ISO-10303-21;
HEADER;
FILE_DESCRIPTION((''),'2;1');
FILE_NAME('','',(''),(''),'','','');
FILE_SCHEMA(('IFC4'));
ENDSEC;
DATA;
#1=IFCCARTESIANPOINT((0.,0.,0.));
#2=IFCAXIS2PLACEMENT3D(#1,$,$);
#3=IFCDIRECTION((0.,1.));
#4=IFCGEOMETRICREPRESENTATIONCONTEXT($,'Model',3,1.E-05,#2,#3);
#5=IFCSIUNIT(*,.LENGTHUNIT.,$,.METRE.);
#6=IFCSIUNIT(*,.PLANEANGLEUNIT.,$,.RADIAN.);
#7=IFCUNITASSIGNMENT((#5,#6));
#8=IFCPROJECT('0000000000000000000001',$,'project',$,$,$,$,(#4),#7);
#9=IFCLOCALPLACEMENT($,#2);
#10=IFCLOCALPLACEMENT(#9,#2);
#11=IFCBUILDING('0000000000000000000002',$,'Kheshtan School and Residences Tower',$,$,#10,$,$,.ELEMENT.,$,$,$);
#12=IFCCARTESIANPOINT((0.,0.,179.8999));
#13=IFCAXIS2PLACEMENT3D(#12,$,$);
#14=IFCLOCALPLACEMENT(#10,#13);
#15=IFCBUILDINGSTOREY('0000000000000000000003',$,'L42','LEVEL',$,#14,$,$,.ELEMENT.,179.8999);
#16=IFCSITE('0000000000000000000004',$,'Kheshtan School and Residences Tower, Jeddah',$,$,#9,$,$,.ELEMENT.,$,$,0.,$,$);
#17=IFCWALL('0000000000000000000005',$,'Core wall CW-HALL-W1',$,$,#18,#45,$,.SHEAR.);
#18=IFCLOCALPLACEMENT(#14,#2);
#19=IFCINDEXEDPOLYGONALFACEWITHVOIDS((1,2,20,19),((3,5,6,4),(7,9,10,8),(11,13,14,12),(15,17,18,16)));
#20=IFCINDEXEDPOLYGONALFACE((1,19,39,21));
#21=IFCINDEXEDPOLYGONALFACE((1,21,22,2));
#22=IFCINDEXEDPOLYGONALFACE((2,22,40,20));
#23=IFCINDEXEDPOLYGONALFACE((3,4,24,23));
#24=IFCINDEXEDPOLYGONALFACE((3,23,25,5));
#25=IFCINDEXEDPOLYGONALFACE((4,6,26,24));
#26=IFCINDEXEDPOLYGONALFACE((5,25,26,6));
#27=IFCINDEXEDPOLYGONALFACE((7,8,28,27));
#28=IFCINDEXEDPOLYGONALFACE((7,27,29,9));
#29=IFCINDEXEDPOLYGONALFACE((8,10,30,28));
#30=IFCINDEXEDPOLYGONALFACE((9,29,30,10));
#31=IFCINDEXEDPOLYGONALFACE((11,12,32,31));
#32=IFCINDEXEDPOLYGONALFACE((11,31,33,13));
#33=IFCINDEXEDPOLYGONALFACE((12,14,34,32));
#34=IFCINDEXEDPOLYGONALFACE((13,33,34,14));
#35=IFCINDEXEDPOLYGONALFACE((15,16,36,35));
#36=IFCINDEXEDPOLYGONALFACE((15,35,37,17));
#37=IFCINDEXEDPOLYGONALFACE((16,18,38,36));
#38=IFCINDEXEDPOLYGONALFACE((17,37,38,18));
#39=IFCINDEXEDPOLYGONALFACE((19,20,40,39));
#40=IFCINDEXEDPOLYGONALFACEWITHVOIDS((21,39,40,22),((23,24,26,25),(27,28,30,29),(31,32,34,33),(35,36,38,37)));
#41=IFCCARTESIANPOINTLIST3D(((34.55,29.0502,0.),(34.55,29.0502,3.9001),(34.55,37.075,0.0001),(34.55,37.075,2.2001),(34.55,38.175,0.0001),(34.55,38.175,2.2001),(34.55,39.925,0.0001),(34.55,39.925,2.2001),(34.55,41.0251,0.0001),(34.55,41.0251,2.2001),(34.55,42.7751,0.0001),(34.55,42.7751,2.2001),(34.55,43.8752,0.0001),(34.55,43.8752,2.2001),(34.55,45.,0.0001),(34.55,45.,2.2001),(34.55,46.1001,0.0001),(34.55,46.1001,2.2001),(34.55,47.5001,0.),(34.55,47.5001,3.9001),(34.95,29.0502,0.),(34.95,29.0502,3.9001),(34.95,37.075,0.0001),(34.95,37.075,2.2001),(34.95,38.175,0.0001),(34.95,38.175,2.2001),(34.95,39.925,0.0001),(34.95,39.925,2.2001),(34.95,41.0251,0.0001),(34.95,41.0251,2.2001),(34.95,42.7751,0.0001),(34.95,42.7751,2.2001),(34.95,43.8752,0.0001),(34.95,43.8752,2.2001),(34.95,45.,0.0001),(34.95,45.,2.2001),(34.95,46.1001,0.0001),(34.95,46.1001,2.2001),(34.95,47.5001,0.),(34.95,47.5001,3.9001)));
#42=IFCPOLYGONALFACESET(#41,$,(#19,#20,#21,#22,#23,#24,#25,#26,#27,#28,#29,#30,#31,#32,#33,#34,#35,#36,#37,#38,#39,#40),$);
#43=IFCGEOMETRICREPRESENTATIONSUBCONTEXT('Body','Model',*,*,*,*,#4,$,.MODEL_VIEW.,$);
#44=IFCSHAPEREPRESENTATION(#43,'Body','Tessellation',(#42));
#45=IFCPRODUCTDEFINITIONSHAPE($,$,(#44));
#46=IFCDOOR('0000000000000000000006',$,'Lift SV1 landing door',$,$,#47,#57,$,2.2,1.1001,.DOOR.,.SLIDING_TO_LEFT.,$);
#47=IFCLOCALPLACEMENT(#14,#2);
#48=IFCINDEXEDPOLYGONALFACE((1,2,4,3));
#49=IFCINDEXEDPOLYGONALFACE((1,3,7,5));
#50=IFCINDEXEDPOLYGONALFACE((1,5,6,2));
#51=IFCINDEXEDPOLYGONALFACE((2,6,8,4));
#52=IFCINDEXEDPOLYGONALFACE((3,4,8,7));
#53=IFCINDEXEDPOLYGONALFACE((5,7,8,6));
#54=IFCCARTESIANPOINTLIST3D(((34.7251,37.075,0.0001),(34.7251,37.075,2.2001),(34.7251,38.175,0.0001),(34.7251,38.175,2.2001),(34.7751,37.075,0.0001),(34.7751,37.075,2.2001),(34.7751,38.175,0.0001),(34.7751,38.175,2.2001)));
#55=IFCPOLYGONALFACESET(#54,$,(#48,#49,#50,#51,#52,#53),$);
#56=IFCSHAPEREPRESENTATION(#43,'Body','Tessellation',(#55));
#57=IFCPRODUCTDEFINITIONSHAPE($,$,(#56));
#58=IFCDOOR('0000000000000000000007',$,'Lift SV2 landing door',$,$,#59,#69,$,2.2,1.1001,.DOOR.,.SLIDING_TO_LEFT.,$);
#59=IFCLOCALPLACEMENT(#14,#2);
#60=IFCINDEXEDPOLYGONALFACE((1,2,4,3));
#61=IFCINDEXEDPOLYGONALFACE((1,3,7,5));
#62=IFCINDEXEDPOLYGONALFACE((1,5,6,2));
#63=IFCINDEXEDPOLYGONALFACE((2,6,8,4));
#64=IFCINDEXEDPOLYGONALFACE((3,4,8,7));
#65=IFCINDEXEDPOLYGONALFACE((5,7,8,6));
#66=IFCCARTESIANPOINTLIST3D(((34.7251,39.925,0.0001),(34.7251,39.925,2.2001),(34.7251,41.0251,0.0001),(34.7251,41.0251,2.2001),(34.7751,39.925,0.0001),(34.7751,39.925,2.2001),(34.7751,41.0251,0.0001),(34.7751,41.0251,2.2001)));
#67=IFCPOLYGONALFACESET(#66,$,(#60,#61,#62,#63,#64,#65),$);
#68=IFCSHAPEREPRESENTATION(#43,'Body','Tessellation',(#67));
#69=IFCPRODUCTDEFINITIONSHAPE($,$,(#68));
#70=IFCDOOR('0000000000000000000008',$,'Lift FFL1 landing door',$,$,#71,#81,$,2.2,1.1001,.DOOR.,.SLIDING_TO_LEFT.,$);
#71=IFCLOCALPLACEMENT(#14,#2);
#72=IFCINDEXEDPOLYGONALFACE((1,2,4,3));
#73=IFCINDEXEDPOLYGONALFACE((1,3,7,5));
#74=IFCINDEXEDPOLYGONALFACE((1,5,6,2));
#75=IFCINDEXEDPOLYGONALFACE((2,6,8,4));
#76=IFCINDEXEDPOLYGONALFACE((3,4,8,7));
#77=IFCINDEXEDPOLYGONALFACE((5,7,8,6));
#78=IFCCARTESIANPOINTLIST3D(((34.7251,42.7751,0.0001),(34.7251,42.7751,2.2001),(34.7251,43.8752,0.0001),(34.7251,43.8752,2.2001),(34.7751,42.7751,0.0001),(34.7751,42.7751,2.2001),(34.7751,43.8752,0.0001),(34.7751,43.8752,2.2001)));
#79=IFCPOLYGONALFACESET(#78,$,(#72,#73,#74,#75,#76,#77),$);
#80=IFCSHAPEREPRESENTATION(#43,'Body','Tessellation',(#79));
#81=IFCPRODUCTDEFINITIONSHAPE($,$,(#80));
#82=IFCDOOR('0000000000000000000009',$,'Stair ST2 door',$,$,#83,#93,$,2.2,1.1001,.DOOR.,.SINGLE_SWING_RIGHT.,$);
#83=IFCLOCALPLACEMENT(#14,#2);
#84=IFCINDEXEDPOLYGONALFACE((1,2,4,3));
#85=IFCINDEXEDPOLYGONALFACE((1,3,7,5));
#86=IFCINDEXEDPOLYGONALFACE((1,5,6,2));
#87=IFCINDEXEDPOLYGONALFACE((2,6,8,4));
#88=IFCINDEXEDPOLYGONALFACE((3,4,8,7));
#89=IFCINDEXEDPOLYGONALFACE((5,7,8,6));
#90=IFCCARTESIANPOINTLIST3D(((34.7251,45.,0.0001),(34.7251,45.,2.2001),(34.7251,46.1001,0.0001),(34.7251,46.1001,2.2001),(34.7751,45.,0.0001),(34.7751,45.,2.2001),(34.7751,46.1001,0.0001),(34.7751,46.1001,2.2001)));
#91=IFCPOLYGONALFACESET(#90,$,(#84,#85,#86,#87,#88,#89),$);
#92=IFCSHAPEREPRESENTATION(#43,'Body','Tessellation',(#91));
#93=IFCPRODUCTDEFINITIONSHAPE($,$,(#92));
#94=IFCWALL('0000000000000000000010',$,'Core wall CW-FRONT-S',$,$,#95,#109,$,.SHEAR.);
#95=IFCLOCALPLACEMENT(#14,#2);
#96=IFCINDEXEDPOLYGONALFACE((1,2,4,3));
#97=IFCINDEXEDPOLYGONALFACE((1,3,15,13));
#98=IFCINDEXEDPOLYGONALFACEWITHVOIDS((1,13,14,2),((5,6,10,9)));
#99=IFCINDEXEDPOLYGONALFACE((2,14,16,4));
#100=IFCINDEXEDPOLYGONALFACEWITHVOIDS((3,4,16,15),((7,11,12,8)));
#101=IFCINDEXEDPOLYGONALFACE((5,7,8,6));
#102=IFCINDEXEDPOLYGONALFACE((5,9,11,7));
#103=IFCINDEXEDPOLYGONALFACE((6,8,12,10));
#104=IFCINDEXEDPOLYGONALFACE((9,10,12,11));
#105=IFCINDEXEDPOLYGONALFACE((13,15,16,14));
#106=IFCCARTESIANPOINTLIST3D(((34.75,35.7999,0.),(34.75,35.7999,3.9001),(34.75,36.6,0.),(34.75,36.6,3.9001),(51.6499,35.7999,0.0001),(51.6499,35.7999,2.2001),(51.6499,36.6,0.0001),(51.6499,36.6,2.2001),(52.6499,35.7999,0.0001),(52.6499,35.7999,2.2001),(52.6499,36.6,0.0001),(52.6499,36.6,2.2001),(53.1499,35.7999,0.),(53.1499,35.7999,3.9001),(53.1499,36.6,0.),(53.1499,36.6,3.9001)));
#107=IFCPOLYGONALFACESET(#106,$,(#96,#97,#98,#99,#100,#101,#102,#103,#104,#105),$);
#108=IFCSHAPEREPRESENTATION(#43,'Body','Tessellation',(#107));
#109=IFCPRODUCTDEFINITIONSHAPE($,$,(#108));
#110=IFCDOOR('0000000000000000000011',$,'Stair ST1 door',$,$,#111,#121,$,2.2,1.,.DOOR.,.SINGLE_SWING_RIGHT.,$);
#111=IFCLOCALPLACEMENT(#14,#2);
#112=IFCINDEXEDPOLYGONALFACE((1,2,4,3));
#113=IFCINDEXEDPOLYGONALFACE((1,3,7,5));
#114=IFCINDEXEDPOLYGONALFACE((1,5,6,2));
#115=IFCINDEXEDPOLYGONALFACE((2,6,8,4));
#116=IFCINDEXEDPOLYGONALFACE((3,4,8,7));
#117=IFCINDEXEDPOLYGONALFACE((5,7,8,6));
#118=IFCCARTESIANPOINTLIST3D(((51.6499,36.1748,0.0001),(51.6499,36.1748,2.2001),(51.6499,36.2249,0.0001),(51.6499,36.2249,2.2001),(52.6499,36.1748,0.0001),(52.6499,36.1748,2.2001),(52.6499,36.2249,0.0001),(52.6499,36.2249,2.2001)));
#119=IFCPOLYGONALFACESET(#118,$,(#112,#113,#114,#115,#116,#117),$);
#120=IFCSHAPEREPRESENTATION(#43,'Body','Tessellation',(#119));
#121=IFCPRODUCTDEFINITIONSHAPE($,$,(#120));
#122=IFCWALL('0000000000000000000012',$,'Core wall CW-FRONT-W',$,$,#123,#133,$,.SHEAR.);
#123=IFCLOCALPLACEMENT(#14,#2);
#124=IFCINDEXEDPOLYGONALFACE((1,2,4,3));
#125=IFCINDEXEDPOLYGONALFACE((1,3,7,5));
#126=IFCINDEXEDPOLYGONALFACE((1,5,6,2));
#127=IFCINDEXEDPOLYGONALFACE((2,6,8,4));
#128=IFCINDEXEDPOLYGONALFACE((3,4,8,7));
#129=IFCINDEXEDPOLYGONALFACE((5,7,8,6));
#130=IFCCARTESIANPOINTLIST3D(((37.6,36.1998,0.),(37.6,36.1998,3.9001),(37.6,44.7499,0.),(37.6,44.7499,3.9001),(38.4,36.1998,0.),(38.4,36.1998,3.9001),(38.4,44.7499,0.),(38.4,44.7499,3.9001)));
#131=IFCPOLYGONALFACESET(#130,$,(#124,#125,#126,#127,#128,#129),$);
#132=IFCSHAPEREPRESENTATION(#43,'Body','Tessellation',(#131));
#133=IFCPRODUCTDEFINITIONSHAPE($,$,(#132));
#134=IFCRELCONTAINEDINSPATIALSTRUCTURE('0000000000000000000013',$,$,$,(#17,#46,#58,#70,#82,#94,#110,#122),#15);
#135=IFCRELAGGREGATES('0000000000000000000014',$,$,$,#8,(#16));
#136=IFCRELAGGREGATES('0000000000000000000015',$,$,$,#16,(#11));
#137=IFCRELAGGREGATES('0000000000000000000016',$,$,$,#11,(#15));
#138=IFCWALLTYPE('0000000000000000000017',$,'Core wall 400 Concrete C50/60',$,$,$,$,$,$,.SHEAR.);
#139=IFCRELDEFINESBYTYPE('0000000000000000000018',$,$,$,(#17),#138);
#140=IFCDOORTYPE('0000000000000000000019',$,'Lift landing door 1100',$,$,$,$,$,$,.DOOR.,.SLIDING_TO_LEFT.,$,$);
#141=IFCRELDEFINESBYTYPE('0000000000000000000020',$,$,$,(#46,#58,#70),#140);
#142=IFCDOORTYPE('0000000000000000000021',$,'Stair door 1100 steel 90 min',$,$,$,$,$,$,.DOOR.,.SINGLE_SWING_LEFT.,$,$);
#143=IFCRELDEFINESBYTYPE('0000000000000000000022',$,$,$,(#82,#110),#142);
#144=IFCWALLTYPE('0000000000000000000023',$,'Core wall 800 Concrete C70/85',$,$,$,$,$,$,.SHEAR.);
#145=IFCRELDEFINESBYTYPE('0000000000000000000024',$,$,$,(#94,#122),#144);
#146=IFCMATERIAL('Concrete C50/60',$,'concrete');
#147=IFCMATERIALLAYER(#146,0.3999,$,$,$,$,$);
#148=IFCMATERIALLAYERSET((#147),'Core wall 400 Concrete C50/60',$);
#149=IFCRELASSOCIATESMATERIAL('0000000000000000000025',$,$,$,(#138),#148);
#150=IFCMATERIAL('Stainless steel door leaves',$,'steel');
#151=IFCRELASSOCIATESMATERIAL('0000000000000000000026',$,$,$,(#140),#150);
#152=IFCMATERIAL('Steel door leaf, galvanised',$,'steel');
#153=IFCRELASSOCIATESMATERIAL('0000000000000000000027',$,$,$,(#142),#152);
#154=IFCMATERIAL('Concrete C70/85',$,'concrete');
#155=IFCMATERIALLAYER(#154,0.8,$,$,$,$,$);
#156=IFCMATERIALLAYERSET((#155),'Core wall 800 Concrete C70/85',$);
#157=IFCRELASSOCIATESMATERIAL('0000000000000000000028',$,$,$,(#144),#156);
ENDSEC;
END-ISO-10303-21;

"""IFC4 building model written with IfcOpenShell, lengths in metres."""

from ifc_helpers import new_model, si_unit, direction, frame, frame_2d, origin, place, context, subcontext, project, spatial, rectangle, extrude, source, transform, mapped, material, layer, layer_set, type_object, element, fill, save


model = new_model("IFC4")

# Units and contexts
model_context = context("Model", 3, precision=1e-05, world=origin(), true_north=direction((0.0, 1.0)))
body_context = subcontext(model_context, "Body", "Model", "MODEL_VIEW")
ifc_project = project(units=[si_unit("LENGTHUNIT", "METRE"), si_unit("PLANEANGLEUNIT", "RADIAN")], contexts=[model_context])

# Site, building, storey
site_placement = place(None, origin())
site = spatial("IfcSite", under=ifc_project, at=site_placement, Name="Kheshtan School and Residences Tower, Jeddah", CompositionType="ELEMENT", RefElevation=0.0)
building_placement = place(site_placement, origin())
building = spatial("IfcBuilding", under=site, at=building_placement, Name="Kheshtan School and Residences Tower", CompositionType="ELEMENT")
storey_placement = place(building_placement, frame((0.0, 0.0, 179.8999)))
storey = spatial("IfcBuildingStorey", under=building, at=storey_placement, Name="L42", Description="LEVEL", CompositionType="ELEMENT", Elevation=179.8999)

# Shared definitions
ifc_material_1 = material(Name="Concrete C50/60", Category="concrete")
ifc_layer_1 = layer(ifc_material_1, 0.3999)
ifc_layer_set_1 = layer_set([ifc_layer_1], Name="Core wall 400 Concrete C50/60")
wall_type_1 = type_object("IfcWallType", Name="Core wall 400 Concrete C50/60", PredefinedType="SHEAR", material=ifc_layer_set_1)
ifc_material_2 = material(Name="Stainless steel door leaves", Category="steel")
door_type_1 = type_object("IfcDoorType", Name="Lift landing door 1100", OperationType="SLIDING_TO_LEFT", PredefinedType="DOOR", material=ifc_material_2)
shared_shape_1 = source(origin(), body_context, "Body", "SweptSolid", [
    extrude(rectangle(XDim=1.1001, YDim=2.2, at=frame_2d((0.55, 1.1001))), frame((0.0, 0.0249, 0.0), z_axis=(0.0, -1.0, 0.0), x_axis=(1.0, 0.0, 0.0)), (0.0, 0.0, 1.0), 0.05),
])

# Wall, openings, doors
wall_1_placement = place(storey_placement, frame((34.75, 29.05, 0.0), z_axis=(0.0, 0.0, 1.0), x_axis=(0.0, 1.0, 0.0)))
wall_1 = element("IfcWall", 1, at=wall_1_placement, inside=storey, type_object=wall_type_1, Name="Core wall CW-HALL-W1", PredefinedType="SHEAR", context=body_context, shape_type="SweptSolid", body=[
    extrude(rectangle(XDim=18.45, YDim=0.3999, at=frame_2d((9.2251, 0.0))), origin(), (0.0, 0.0, 1.0), 3.9001),
])
opening_1_placement = place(wall_1_placement, frame((8.0249, 0.0, 0.0)))
opening_1 = element("IfcOpeningElement", 2, at=opening_1_placement, cuts=wall_1, PredefinedType="OPENING", context=body_context, shape_type="SweptSolid", body=[
    extrude(rectangle(XDim=1.1001, YDim=2.2, at=frame_2d((0.55, 1.1001))), frame((0.0, 0.21, 0.0), z_axis=(0.0, -1.0, 0.0), x_axis=(1.0, 0.0, 0.0)), (0.0, 0.0, 1.0), 0.4199),
])
opening_2_placement = place(wall_1_placement, frame((10.875, 0.0, 0.0)))
opening_2 = element("IfcOpeningElement", 3, at=opening_2_placement, cuts=wall_1, PredefinedType="OPENING", context=body_context, shape_type="SweptSolid", body=[
    extrude(rectangle(XDim=1.1001, YDim=2.2, at=frame_2d((0.55, 1.1001))), frame((0.0, 0.21, 0.0), z_axis=(0.0, -1.0, 0.0), x_axis=(1.0, 0.0, 0.0)), (0.0, 0.0, 1.0), 0.4199),
])
opening_3_placement = place(wall_1_placement, frame((13.7251, 0.0, 0.0)))
opening_3 = element("IfcOpeningElement", 4, at=opening_3_placement, cuts=wall_1, PredefinedType="OPENING", context=body_context, shape_type="SweptSolid", body=[
    extrude(rectangle(XDim=1.1001, YDim=2.2, at=frame_2d((0.55, 1.1001))), frame((0.0, 0.21, 0.0), z_axis=(0.0, -1.0, 0.0), x_axis=(1.0, 0.0, 0.0)), (0.0, 0.0, 1.0), 0.4199),
])
opening_4_placement = place(wall_1_placement, frame((15.95, 0.0, 0.0)))
opening_4 = element("IfcOpeningElement", 5, at=opening_4_placement, cuts=wall_1, PredefinedType="OPENING", context=body_context, shape_type="SweptSolid", body=[
    extrude(rectangle(XDim=1.1001, YDim=2.2, at=frame_2d((0.55, 1.1001))), frame((0.0, 0.21, 0.0), z_axis=(0.0, -1.0, 0.0), x_axis=(1.0, 0.0, 0.0)), (0.0, 0.0, 1.0), 0.4199),
])
door_1_placement = place(opening_1_placement, origin())
door_1 = element("IfcDoor", 6, at=door_1_placement, inside=storey, type_object=door_type_1, Name="Lift SV1 landing door", OperationType="SLIDING_TO_LEFT", OverallHeight=2.2, OverallWidth=1.1001, PredefinedType="DOOR", context=body_context, shape_type="MappedRepresentation", body=[
    mapped(shared_shape_1, transform((0.0, 0.0, 0.0), x_axis=(1.0, 0.0, 0.0), y_axis=(0.0, 1.0, 0.0), z_axis=(0.0, 0.0, 1.0), scale=1.0)),
])
fill(opening_1, door_1)
door_2_placement = place(opening_2_placement, origin())
door_2 = element("IfcDoor", 7, at=door_2_placement, inside=storey, type_object=door_type_1, Name="Lift SV2 landing door", OperationType="SLIDING_TO_LEFT", OverallHeight=2.2, OverallWidth=1.1001, PredefinedType="DOOR", context=body_context, shape_type="MappedRepresentation", body=[
    mapped(shared_shape_1, transform((0.0, 0.0, 0.0), x_axis=(1.0, 0.0, 0.0), y_axis=(0.0, 1.0, 0.0), z_axis=(0.0, 0.0, 1.0), scale=1.0)),
])
fill(opening_2, door_2)
door_3_placement = place(opening_3_placement, origin())
door_3 = element("IfcDoor", 8, at=door_3_placement, inside=storey, type_object=door_type_1, Name="Lift FFL1 landing door", OperationType="SLIDING_TO_LEFT", OverallHeight=2.2, OverallWidth=1.1001, PredefinedType="DOOR", context=body_context, shape_type="MappedRepresentation", body=[
    mapped(shared_shape_1, transform((0.0, 0.0, 0.0), x_axis=(1.0, 0.0, 0.0), y_axis=(0.0, 1.0, 0.0), z_axis=(0.0, 0.0, 1.0), scale=1.0)),
])
fill(opening_3, door_3)
ifc_material_3 = material(Name="Steel door leaf, galvanised", Category="steel")
door_type_2 = type_object("IfcDoorType", Name="Stair door 1100 steel 90 min", OperationType="SINGLE_SWING_LEFT", PredefinedType="DOOR", material=ifc_material_3)
shared_shape_2 = source(origin(), body_context, "Body", "SweptSolid", [
    extrude(rectangle(XDim=1.1001, YDim=2.2, at=frame_2d((0.55, 1.1001))), frame((0.0, 0.0249, 0.0), z_axis=(0.0, -1.0, 0.0), x_axis=(1.0, 0.0, 0.0)), (0.0, 0.0, 1.0), 0.05),
])
door_4_placement = place(opening_4_placement, origin())
door_4 = element("IfcDoor", 9, at=door_4_placement, inside=storey, type_object=door_type_2, Name="Stair ST2 door", OperationType="SINGLE_SWING_RIGHT", OverallHeight=2.2, OverallWidth=1.1001, PredefinedType="DOOR", context=body_context, shape_type="MappedRepresentation", body=[
    mapped(shared_shape_2, transform((0.0, 0.0, 0.0), x_axis=(1.0, 0.0, 0.0), y_axis=(0.0, 1.0, 0.0), z_axis=(0.0, 0.0, 1.0), scale=1.0)),
])
fill(opening_4, door_4)

# Wall, opening, door
ifc_material_4 = material(Name="Concrete C70/85", Category="concrete")
ifc_layer_2 = layer(ifc_material_4, 0.8)
ifc_layer_set_2 = layer_set([ifc_layer_2], Name="Core wall 800 Concrete C70/85")
wall_type_2 = type_object("IfcWallType", Name="Core wall 800 Concrete C70/85", PredefinedType="SHEAR", material=ifc_layer_set_2)
wall_2_placement = place(storey_placement, frame((34.75, 36.2, 0.0), z_axis=(0.0, 0.0, 1.0), x_axis=(1.0, 0.0, 0.0)))
wall_2 = element("IfcWall", 10, at=wall_2_placement, inside=storey, type_object=wall_type_2, Name="Core wall CW-FRONT-S", PredefinedType="SHEAR", context=body_context, shape_type="SweptSolid", body=[
    extrude(rectangle(XDim=18.3999, YDim=0.8, at=frame_2d((9.2, 0.0))), origin(), (0.0, 0.0, 1.0), 3.9001),
])
opening_5_placement = place(wall_2_placement, frame((16.8999, 0.0, 0.0)))
opening_5 = element("IfcOpeningElement", 11, at=opening_5_placement, cuts=wall_2, PredefinedType="OPENING", context=body_context, shape_type="SweptSolid", body=[
    extrude(rectangle(XDim=1.0, YDim=2.2, at=frame_2d((0.5, 1.1001))), frame((0.0, 0.4102, 0.0), z_axis=(0.0, -1.0, 0.0), x_axis=(1.0, 0.0, 0.0)), (0.0, 0.0, 1.0), 0.8201),
])
shared_shape_3 = source(origin(), body_context, "Body", "SweptSolid", [
    extrude(rectangle(XDim=1.0, YDim=2.2, at=frame_2d((0.5, 1.1001))), frame((0.0, 0.0249, 0.0), z_axis=(0.0, -1.0, 0.0), x_axis=(1.0, 0.0, 0.0)), (0.0, 0.0, 1.0), 0.05),
])
door_5_placement = place(opening_5_placement, origin())
door_5 = element("IfcDoor", 12, at=door_5_placement, inside=storey, type_object=door_type_2, Name="Stair ST1 door", OperationType="SINGLE_SWING_RIGHT", OverallHeight=2.2, OverallWidth=1.0, PredefinedType="DOOR", context=body_context, shape_type="MappedRepresentation", body=[
    mapped(shared_shape_3, transform((0.0, 0.0, 0.0), x_axis=(1.0, 0.0, 0.0), y_axis=(0.0, 1.0, 0.0), z_axis=(0.0, 0.0, 1.0), scale=1.0)),
])
fill(opening_5, door_5)

# Wall
wall_3_placement = place(storey_placement, frame((38.0, 36.2, 0.0), z_axis=(0.0, 0.0, 1.0), x_axis=(0.0, 1.0, 0.0)))
element("IfcWall", 13, at=wall_3_placement, inside=storey, type_object=wall_type_2, Name="Core wall CW-FRONT-W", PredefinedType="SHEAR", context=body_context, shape_type="SweptSolid", body=[
    extrude(rectangle(XDim=8.55, YDim=0.8, at=frame_2d((4.2749, 0.0))), origin(), (0.0, 0.0, 1.0), 3.9001),
])

save(model, "model.ifc")
